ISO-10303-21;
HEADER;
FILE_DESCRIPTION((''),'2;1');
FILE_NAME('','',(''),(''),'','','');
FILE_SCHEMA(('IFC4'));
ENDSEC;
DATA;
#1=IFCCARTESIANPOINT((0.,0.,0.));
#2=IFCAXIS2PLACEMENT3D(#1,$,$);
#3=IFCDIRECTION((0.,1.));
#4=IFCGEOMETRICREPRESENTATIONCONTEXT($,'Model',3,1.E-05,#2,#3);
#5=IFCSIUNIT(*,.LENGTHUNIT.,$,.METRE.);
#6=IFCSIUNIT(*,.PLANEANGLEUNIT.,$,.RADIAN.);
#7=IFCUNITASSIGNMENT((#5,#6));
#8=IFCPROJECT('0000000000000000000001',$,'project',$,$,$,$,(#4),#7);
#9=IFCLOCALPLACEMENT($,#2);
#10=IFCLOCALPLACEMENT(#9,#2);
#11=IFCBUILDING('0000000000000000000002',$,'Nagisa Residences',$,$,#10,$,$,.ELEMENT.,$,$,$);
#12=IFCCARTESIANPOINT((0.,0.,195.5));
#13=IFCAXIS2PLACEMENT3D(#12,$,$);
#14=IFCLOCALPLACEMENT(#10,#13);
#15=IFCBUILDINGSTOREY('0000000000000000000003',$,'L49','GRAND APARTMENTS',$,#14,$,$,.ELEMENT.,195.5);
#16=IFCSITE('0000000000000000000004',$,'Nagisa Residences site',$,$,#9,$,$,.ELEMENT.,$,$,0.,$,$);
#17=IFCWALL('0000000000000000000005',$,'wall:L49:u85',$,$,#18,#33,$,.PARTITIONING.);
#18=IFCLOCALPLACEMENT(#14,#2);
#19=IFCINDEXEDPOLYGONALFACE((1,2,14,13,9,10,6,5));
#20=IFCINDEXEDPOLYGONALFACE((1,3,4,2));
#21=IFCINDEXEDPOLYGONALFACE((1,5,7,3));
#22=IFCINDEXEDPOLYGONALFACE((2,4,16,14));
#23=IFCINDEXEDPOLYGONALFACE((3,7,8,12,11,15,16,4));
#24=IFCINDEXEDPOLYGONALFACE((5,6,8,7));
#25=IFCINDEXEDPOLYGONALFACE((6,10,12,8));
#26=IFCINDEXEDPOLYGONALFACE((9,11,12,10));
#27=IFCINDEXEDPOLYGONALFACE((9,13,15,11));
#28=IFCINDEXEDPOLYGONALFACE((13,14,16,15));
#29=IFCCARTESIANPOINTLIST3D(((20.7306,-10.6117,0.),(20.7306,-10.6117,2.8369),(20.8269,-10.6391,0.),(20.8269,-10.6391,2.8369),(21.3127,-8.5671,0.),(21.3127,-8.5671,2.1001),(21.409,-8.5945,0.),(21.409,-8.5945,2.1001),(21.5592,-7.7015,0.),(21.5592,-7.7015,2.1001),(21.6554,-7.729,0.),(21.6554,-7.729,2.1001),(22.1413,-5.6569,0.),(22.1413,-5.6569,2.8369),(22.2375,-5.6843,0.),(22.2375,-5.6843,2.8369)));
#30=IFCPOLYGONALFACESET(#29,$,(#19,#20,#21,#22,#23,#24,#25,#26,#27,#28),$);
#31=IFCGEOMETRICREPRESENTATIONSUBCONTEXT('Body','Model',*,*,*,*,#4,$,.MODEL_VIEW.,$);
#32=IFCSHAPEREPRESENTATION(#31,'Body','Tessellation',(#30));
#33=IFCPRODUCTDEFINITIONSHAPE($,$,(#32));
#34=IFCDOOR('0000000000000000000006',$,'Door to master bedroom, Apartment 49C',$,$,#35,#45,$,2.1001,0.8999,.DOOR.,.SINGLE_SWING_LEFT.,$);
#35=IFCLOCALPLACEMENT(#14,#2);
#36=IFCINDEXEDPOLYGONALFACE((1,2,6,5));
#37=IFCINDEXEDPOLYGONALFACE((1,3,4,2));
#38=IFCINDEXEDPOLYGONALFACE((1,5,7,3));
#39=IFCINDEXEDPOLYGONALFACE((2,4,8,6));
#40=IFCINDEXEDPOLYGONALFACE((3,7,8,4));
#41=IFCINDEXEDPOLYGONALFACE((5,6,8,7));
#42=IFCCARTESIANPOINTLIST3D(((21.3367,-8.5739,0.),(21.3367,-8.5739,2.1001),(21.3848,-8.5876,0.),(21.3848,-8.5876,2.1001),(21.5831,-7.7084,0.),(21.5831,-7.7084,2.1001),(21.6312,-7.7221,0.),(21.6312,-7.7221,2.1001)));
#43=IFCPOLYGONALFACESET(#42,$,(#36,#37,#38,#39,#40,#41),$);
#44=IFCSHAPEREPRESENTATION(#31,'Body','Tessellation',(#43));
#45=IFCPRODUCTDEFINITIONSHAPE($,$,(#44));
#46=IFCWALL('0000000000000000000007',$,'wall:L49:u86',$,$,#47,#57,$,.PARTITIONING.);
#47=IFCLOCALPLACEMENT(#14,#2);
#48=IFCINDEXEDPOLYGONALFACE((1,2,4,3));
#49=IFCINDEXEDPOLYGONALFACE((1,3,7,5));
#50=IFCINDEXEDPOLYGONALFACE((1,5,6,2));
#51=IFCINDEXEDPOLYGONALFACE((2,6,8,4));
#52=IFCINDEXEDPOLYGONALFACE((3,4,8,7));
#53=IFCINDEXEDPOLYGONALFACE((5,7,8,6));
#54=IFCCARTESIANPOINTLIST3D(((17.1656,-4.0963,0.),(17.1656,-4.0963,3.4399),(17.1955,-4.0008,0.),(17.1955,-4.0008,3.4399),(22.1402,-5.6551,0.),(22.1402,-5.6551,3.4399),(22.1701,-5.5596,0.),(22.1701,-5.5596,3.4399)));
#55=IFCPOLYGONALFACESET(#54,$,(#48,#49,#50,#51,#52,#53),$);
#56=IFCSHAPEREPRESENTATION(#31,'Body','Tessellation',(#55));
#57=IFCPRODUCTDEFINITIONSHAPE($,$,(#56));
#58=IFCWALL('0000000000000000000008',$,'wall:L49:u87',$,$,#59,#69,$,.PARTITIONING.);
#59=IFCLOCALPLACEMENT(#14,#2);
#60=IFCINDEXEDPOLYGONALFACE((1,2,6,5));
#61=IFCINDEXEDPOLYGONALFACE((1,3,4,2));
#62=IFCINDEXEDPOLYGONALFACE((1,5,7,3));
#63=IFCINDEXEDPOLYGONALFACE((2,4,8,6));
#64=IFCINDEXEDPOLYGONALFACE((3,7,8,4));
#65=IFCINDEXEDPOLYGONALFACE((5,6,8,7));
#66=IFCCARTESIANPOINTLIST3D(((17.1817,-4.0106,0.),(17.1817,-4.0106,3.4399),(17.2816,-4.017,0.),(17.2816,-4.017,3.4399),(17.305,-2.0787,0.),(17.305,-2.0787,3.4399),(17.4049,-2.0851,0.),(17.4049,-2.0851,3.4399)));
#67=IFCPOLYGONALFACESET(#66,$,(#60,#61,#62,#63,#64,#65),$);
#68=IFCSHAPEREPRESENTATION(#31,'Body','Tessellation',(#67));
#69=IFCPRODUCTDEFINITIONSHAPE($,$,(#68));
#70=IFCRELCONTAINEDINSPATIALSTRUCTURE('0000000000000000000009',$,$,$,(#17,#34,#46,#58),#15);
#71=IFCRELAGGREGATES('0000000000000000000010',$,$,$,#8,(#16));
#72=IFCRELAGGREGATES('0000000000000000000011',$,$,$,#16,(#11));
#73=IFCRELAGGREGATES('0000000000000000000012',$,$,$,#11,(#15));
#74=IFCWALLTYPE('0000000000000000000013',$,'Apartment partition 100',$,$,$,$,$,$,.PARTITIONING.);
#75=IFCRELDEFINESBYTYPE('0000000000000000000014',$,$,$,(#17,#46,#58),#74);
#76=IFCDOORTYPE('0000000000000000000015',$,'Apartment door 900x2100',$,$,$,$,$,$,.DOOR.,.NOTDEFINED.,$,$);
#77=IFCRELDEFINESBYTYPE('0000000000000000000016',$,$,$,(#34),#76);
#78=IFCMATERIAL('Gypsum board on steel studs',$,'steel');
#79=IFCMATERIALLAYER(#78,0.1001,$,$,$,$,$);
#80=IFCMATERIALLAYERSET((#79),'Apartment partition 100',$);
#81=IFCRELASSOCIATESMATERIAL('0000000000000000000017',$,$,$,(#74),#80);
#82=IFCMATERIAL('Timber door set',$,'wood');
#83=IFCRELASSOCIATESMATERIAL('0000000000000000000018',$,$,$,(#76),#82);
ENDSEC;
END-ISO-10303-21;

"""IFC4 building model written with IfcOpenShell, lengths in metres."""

from ifc_helpers import new_model, si_unit, direction, frame, frame_2d, origin, place, context, subcontext, project, spatial, rectangle, extrude, material, layer, layer_set, type_object, element, fill, save


model = new_model("IFC4")

# Units and contexts
model_context = context("Model", 3, precision=1e-05, world=origin(), true_north=direction((0.0, 1.0)))
body_context = subcontext(model_context, "Body", "Model", "MODEL_VIEW")
ifc_project = project(units=[si_unit("LENGTHUNIT", "METRE"), si_unit("PLANEANGLEUNIT", "RADIAN")], contexts=[model_context])

# Site, building, storey
site_placement = place(None, origin())
site = spatial("IfcSite", under=ifc_project, at=site_placement, Name="Nagisa Residences site", CompositionType="ELEMENT", RefElevation=0.0)
building_placement = place(site_placement, origin())
building = spatial("IfcBuilding", under=site, at=building_placement, Name="Nagisa Residences", CompositionType="ELEMENT")
storey_placement = place(building_placement, frame((0.0, 0.0, 195.5)))
storey = spatial("IfcBuildingStorey", under=building, at=storey_placement, Name="L49", Description="GRAND APARTMENTS", CompositionType="ELEMENT", Elevation=195.5)

# Shared definitions
ifc_material_1 = material(Name="Gypsum board on steel studs", Category="steel")
ifc_layer_1 = layer(ifc_material_1, 0.1001)
ifc_layer_set_1 = layer_set([ifc_layer_1], Name="Apartment partition 100")
wall_type_1 = type_object("IfcWallType", Name="Apartment partition 100", PredefinedType="PARTITIONING", material=ifc_layer_set_1)

# Wall, opening, door
ifc_material_2 = material(Name="Timber door set", Category="wood")
door_type_1 = type_object("IfcDoorType", Name="Apartment door 900x2100", OperationType="NOTDEFINED", PredefinedType="DOOR", material=ifc_material_2)
wall_1_placement = place(storey_placement, frame((20.7788, -10.6252, 0.0), z_axis=(0.0, 0.0, 1.0), x_axis=(0.27382, 0.961781, 0.0)))
wall_1 = element("IfcWall", 1, at=wall_1_placement, inside=storey, type_object=wall_type_1, Name="wall:L49:u85", PredefinedType="PARTITIONING", context=body_context, shape_type="SweptSolid", body=[
    extrude(rectangle(XDim=5.1516, YDim=0.1001, at=frame_2d((2.5757, 0.0))), origin(), (0.0, 0.0, 1.0), 2.8369),
])
opening_1_placement = place(wall_1_placement, frame((2.1257, 0.0, 0.0)))
opening_1 = element("IfcOpeningElement", 2, at=opening_1_placement, cuts=wall_1, PredefinedType="OPENING", context=body_context, shape_type="SweptSolid", body=[
    extrude(rectangle(XDim=0.8999, YDim=2.1001, at=frame_2d((0.45, 1.05))), frame((0.0, 0.0601, 0.0), z_axis=(0.0, -1.0, 0.0), x_axis=(1.0, 0.0, 0.0)), (0.0, 0.0, 1.0), 0.1201),
])
door_1_placement = place(opening_1_placement, frame((0.8999, 0.0, 0.0), x_axis=(-1.0, 0.0, 0.0)))
door_1 = element("IfcDoor", 3, at=door_1_placement, inside=storey, type_object=door_type_1, Name="Door to master bedroom, Apartment 49C", OperationType="SINGLE_SWING_LEFT", OverallHeight=2.1001, OverallWidth=0.8999, PredefinedType="DOOR", context=body_context, shape_type="SweptSolid", body=[
    extrude(rectangle(XDim=0.8999, YDim=2.1001, at=frame_2d((0.45, 1.05))), frame((0.0, 0.0249, 0.0), z_axis=(0.0, -1.0, 0.0), x_axis=(1.0, 0.0, 0.0)), (0.0, 0.0, 1.0), 0.05),
])
fill(opening_1, door_1)

# Walls
wall_2_placement = place(storey_placement, frame((17.1807, -4.0486, 0.0), z_axis=(0.0, 0.0, 1.0), x_axis=(0.954246, -0.299022, 0.0)))
element("IfcWall", 4, at=wall_2_placement, inside=storey, type_object=wall_type_1, Name="wall:L49:u86", PredefinedType="PARTITIONING", context=body_context, shape_type="SweptSolid", body=[
    extrude(rectangle(XDim=5.2131, YDim=0.1001, at=frame_2d((2.6064, 0.0))), origin(), (0.0, 0.0, 1.0), 3.4399),
])
wall_3_placement = place(storey_placement, frame((17.2317, -4.0137, 0.0), z_axis=(0.0, 0.0, 1.0), x_axis=(0.063689, 0.99797, 0.0)))
element("IfcWall", 5, at=wall_3_placement, inside=storey, type_object=wall_type_1, Name="wall:L49:u87", PredefinedType="PARTITIONING", context=body_context, shape_type="SweptSolid", body=[
    extrude(rectangle(XDim=1.9358, YDim=0.1001, at=frame_2d((0.9678, 0.0))), origin(), (0.0, 0.0, 1.0), 3.4399),
])

save(model, "model.ifc")
